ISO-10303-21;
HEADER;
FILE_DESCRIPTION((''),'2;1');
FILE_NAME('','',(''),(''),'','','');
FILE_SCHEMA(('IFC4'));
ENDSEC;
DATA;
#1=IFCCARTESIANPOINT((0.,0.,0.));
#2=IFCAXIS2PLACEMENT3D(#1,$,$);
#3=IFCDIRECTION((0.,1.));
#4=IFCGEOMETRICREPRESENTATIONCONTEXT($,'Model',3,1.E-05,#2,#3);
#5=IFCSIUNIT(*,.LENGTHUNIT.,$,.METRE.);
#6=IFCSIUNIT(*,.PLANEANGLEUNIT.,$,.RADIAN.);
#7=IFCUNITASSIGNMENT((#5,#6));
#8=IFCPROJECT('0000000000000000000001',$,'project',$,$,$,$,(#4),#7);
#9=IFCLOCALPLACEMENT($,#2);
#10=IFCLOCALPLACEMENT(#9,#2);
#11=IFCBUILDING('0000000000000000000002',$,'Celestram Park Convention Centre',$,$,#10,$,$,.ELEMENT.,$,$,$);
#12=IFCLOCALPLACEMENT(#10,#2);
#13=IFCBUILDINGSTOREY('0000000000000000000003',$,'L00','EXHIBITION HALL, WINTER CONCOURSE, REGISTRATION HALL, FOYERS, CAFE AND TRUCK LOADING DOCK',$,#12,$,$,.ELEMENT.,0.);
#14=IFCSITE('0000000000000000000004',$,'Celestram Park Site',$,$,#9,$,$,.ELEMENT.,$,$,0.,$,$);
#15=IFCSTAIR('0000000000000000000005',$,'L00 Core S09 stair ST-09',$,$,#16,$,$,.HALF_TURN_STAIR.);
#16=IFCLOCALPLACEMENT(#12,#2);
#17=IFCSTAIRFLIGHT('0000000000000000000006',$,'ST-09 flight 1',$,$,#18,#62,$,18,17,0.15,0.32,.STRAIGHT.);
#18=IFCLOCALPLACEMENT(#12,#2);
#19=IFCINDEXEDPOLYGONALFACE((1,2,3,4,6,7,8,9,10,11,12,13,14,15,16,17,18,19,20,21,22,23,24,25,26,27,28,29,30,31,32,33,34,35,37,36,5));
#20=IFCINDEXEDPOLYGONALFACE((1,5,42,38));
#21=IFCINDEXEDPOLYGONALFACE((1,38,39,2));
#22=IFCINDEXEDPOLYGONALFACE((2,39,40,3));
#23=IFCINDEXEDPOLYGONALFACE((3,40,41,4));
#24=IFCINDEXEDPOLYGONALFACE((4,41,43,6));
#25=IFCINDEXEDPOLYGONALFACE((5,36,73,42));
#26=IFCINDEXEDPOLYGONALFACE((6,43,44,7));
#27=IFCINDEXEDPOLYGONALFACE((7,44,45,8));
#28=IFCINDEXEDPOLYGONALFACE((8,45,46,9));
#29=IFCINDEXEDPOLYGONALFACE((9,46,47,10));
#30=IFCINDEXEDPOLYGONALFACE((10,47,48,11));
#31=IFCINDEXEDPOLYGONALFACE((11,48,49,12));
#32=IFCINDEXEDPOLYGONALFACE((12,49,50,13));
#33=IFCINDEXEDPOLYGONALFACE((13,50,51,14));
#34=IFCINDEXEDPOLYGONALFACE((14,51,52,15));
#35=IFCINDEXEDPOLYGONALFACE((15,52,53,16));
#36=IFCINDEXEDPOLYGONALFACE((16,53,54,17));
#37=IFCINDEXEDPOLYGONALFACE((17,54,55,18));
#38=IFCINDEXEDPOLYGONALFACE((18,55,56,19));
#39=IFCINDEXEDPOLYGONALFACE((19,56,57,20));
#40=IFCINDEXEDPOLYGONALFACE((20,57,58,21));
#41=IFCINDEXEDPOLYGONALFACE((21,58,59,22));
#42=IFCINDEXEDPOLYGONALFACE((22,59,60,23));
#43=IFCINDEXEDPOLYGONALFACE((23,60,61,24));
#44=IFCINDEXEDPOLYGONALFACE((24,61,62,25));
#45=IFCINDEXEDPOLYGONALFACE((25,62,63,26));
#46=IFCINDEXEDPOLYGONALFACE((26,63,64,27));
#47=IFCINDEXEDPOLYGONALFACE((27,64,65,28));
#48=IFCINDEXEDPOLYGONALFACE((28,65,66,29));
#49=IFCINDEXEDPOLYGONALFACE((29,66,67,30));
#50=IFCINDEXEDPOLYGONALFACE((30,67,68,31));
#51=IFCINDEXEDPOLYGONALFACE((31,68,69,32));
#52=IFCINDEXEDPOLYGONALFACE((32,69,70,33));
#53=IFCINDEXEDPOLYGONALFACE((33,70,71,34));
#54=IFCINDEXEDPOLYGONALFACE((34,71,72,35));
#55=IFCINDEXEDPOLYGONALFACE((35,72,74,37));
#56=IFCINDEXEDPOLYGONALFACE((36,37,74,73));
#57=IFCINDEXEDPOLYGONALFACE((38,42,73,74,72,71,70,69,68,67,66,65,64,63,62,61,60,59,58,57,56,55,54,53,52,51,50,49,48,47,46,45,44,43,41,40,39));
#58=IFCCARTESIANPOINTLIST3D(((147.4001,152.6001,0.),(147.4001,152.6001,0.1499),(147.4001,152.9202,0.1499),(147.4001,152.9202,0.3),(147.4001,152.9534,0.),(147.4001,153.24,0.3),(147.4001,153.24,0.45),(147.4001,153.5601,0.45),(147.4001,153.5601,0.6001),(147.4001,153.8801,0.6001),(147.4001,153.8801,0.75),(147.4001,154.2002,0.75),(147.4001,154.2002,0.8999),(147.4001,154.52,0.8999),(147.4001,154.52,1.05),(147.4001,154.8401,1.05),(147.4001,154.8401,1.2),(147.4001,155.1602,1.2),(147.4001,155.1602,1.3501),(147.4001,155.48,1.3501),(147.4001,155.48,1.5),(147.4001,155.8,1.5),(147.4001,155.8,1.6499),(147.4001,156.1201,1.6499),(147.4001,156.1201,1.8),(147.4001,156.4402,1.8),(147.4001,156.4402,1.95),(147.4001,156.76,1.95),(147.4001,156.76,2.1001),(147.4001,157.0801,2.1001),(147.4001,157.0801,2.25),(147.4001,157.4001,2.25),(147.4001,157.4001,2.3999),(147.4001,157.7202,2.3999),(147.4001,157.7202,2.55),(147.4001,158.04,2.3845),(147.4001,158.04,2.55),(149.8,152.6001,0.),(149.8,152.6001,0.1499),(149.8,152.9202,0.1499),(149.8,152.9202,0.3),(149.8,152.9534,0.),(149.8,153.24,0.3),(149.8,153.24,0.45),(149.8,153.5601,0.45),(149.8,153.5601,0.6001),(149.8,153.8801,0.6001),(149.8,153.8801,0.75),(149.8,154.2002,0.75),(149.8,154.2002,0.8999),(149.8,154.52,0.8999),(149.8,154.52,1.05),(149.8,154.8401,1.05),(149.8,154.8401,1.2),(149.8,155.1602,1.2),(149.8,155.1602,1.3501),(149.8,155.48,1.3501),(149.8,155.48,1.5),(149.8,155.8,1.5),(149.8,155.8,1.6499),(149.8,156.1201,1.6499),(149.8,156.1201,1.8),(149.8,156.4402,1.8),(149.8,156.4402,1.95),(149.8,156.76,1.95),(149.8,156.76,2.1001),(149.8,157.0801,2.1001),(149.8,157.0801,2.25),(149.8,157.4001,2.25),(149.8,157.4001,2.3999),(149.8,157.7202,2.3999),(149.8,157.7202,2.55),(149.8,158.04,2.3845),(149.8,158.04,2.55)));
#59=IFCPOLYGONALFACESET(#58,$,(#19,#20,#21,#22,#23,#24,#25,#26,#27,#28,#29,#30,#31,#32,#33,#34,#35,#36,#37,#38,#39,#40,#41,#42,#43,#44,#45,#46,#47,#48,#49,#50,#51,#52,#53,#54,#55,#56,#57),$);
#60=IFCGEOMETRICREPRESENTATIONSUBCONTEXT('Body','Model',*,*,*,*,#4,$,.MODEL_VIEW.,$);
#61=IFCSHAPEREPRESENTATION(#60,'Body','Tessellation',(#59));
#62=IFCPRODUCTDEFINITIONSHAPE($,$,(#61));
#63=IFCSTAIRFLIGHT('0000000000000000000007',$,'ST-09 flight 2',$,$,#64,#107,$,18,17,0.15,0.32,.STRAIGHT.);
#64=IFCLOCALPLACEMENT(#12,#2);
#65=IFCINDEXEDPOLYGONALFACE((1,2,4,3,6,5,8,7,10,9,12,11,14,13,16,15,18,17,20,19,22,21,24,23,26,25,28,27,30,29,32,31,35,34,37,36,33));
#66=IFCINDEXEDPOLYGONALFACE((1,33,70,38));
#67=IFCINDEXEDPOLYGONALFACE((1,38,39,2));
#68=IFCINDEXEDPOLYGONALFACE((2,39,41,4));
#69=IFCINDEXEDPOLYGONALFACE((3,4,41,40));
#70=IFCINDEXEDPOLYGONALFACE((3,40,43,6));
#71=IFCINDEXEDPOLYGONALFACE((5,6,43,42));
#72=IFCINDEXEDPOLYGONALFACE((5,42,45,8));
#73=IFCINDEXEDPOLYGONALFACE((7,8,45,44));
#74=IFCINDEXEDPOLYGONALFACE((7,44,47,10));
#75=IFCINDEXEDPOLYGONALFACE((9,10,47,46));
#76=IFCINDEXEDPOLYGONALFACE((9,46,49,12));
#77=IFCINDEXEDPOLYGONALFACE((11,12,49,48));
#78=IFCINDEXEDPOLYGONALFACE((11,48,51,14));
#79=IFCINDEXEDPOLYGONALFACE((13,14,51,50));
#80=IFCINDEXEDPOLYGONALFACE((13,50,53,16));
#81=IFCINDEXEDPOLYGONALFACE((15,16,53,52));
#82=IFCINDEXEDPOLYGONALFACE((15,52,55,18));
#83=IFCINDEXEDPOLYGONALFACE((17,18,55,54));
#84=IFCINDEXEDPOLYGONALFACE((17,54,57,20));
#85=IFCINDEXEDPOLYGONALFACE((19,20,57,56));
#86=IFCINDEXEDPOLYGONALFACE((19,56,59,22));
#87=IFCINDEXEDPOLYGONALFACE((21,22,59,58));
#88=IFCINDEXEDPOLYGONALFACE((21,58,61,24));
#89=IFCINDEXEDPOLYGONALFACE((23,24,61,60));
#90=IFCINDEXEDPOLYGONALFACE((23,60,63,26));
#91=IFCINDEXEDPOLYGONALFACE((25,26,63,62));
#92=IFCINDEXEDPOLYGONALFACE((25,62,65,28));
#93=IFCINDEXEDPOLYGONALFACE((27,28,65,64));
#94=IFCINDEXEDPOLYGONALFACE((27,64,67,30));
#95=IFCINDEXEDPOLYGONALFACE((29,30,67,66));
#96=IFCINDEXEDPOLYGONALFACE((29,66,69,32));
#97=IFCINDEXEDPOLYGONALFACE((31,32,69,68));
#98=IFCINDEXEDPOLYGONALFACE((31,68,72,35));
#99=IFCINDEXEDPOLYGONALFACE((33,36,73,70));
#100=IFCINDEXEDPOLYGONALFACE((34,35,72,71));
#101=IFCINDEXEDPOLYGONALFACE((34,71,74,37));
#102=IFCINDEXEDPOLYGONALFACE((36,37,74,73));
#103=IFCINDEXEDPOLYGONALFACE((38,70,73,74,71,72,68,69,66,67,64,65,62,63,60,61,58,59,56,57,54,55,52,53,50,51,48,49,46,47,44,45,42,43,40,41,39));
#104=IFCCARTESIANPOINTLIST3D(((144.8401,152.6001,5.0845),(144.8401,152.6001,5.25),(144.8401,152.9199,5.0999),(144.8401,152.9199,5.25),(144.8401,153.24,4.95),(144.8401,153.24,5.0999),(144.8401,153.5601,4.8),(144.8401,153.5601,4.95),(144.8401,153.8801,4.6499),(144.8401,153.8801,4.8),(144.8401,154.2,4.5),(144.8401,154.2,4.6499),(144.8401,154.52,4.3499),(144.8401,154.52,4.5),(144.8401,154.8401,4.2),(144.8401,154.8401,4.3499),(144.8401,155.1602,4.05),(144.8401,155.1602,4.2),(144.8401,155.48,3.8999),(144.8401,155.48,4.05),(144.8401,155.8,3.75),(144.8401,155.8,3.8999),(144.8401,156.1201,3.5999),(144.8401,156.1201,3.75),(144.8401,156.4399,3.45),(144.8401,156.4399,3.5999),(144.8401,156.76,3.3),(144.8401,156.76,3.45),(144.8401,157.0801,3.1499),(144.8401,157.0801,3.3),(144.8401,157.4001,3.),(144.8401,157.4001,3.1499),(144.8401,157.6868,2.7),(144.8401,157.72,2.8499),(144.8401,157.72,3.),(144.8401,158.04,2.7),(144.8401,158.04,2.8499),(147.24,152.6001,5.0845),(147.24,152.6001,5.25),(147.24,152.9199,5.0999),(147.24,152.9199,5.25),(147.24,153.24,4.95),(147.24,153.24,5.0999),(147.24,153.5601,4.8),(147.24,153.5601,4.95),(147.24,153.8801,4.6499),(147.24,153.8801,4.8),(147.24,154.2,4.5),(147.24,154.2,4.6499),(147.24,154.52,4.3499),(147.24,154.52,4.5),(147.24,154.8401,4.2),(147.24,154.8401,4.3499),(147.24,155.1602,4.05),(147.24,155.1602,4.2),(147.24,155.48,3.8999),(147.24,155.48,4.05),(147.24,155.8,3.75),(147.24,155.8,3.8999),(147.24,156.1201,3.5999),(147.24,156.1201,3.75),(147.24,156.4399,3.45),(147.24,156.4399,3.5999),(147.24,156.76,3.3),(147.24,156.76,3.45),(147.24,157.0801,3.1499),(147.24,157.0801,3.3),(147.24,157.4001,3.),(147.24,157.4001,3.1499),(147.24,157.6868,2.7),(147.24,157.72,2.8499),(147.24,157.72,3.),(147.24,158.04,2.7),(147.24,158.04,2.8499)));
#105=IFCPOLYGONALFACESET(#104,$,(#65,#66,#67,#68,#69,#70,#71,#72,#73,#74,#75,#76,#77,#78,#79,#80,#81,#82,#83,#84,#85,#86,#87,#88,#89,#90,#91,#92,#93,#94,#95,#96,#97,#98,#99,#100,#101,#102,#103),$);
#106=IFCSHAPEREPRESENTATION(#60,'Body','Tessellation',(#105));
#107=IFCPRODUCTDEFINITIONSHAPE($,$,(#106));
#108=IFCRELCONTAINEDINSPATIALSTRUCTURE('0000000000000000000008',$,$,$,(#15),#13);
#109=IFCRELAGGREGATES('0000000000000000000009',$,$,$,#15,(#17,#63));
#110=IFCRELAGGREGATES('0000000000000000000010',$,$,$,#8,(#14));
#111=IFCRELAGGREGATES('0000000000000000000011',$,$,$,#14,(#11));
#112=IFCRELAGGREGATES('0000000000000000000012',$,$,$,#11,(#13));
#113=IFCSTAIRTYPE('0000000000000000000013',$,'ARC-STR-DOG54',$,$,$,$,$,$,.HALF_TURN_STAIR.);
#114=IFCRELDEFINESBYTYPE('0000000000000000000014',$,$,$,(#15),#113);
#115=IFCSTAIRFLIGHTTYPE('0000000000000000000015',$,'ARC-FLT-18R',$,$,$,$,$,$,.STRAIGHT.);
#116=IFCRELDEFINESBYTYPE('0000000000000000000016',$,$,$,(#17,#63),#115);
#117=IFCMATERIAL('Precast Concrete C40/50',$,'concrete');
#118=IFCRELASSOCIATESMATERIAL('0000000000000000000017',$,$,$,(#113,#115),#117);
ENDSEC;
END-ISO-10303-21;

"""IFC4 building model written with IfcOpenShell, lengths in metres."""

from ifc_helpers import new_model, si_unit, direction, frame, origin, place, context, subcontext, project, spatial, polyline, outline, extrude, material, type_object, element, aggregate, save


model = new_model("IFC4")

# Units and contexts
model_context = context("Model", 3, precision=1e-05, world=origin(), true_north=direction((0.0, 1.0)))
body_context = subcontext(model_context, "Body", "Model", "MODEL_VIEW")
ifc_project = project(units=[si_unit("LENGTHUNIT", "METRE"), si_unit("PLANEANGLEUNIT", "RADIAN")], contexts=[model_context])

# Site, building, storey
site_placement = place(None, origin())
site = spatial("IfcSite", under=ifc_project, at=site_placement, Name="Celestram Park Site", CompositionType="ELEMENT", RefElevation=0.0)
building_placement = place(site_placement, origin())
building = spatial("IfcBuilding", under=site, at=building_placement, Name="Celestram Park Convention Centre", CompositionType="ELEMENT")
storey_placement = place(building_placement, origin())
storey = spatial("IfcBuildingStorey", under=building, at=storey_placement, Name="L00", Description="EXHIBITION HALL, WINTER CONCOURSE, REGISTRATION HALL, FOYERS, CAFE AND TRUCK LOADING DOCK", CompositionType="ELEMENT", Elevation=0.0)

# Shared definitions
ifc_material_1 = material(Name="Precast Concrete C40/50", Category="concrete")

# Stair, stair flights
stair_type = type_object("IfcStairType", Name="ARC-STR-DOG54", PredefinedType="HALF_TURN_STAIR", material=ifc_material_1)
stair_placement = place(storey_placement, origin())
stair = element("IfcStair", 1, at=stair_placement, inside=storey, type_object=stair_type, Name="L00 Core S09 stair ST-09", PredefinedType="HALF_TURN_STAIR")
stair_flight_type = type_object("IfcStairFlightType", Name="ARC-FLT-18R", PredefinedType="STRAIGHT", material=ifc_material_1)
stair_flight_1_placement = place(storey_placement, frame((148.6001, 152.6001, 0.0), z_axis=(0.0, 0.0, 1.0), x_axis=(0.0, 1.0, 0.0)))
stair_flight_1 = element("IfcStairFlight", 2, at=stair_flight_1_placement, type_object=stair_flight_type, Name="ST-09 flight 1", NumberOfRisers=18, NumberOfTreads=17, PredefinedType="STRAIGHT", RiserHeight=0.15, TreadLength=0.32, context=body_context, shape_type="SweptSolid", body=[
    extrude(outline(polyline([(0.0, 0.0), (0.0, 0.1499), (0.3201, 0.1499), (0.3201, 0.3), (0.6399, 0.3), (0.6399, 0.45), (0.96, 0.45), (0.96, 0.6001), (1.28, 0.6001), (1.28, 0.75), (1.6001, 0.75), (1.6001, 0.8999), (1.9199, 0.8999), (1.9199, 1.05), (2.24, 1.05), (2.24, 1.2), (2.5601, 1.2), (2.5601, 1.3501), (2.8799, 1.3501), (2.8799, 1.5), (3.2, 1.5), (3.2, 1.6499), (3.52, 1.6499), (3.52, 1.8), (3.8401, 1.8), (3.8401, 1.95), (4.1599, 1.95), (4.1599, 2.1001), (4.48, 2.1001), (4.48, 2.25), (4.8, 2.25), (4.8, 2.3999), (5.1201, 2.3999), (5.1201, 2.55), (5.4399, 2.55), (5.4399, 2.7), (5.4399, 2.3845), (0.3533, 0.0), (0.0, 0.0)])), frame((0.0, 1.2, 0.0), z_axis=(0.0, -1.0, 0.0), x_axis=(1.0, 0.0, 0.0)), (0.0, 0.0, 1.0), 2.3999),
])
stair_flight_2_placement = place(storey_placement, frame((146.04, 158.04, 2.7), z_axis=(0.0, 0.0, 1.0), x_axis=(0.0, -1.0, 0.0)))
stair_flight_2 = element("IfcStairFlight", 3, at=stair_flight_2_placement, type_object=stair_flight_type, Name="ST-09 flight 2", NumberOfRisers=18, NumberOfTreads=17, PredefinedType="STRAIGHT", RiserHeight=0.15, TreadLength=0.32, context=body_context, shape_type="SweptSolid", body=[
    extrude(outline(polyline([(0.0, 0.0), (0.0, 0.1499), (0.3201, 0.1499), (0.3201, 0.3), (0.6399, 0.3), (0.6399, 0.45), (0.96, 0.45), (0.96, 0.6001), (1.28, 0.6001), (1.28, 0.75), (1.6001, 0.75), (1.6001, 0.8999), (1.9199, 0.8999), (1.9199, 1.05), (2.24, 1.05), (2.24, 1.2), (2.5601, 1.2), (2.5601, 1.3501), (2.8799, 1.3501), (2.8799, 1.5), (3.2, 1.5), (3.2, 1.6499), (3.52, 1.6499), (3.52, 1.8), (3.8401, 1.8), (3.8401, 1.95), (4.1599, 1.95), (4.1599, 2.1001), (4.48, 2.1001), (4.48, 2.25), (4.8, 2.25), (4.8, 2.3999), (5.1201, 2.3999), (5.1201, 2.55), (5.4399, 2.55), (5.4399, 2.7), (5.4399, 2.3845), (0.3533, 0.0), (0.0, 0.0)])), frame((0.0, 1.2, 0.0), z_axis=(0.0, -1.0, 0.0), x_axis=(1.0, 0.0, 0.0)), (0.0, 0.0, 1.0), 2.3999),
])
aggregate(stair, [stair_flight_1, stair_flight_2])

save(model, "model.ifc")
